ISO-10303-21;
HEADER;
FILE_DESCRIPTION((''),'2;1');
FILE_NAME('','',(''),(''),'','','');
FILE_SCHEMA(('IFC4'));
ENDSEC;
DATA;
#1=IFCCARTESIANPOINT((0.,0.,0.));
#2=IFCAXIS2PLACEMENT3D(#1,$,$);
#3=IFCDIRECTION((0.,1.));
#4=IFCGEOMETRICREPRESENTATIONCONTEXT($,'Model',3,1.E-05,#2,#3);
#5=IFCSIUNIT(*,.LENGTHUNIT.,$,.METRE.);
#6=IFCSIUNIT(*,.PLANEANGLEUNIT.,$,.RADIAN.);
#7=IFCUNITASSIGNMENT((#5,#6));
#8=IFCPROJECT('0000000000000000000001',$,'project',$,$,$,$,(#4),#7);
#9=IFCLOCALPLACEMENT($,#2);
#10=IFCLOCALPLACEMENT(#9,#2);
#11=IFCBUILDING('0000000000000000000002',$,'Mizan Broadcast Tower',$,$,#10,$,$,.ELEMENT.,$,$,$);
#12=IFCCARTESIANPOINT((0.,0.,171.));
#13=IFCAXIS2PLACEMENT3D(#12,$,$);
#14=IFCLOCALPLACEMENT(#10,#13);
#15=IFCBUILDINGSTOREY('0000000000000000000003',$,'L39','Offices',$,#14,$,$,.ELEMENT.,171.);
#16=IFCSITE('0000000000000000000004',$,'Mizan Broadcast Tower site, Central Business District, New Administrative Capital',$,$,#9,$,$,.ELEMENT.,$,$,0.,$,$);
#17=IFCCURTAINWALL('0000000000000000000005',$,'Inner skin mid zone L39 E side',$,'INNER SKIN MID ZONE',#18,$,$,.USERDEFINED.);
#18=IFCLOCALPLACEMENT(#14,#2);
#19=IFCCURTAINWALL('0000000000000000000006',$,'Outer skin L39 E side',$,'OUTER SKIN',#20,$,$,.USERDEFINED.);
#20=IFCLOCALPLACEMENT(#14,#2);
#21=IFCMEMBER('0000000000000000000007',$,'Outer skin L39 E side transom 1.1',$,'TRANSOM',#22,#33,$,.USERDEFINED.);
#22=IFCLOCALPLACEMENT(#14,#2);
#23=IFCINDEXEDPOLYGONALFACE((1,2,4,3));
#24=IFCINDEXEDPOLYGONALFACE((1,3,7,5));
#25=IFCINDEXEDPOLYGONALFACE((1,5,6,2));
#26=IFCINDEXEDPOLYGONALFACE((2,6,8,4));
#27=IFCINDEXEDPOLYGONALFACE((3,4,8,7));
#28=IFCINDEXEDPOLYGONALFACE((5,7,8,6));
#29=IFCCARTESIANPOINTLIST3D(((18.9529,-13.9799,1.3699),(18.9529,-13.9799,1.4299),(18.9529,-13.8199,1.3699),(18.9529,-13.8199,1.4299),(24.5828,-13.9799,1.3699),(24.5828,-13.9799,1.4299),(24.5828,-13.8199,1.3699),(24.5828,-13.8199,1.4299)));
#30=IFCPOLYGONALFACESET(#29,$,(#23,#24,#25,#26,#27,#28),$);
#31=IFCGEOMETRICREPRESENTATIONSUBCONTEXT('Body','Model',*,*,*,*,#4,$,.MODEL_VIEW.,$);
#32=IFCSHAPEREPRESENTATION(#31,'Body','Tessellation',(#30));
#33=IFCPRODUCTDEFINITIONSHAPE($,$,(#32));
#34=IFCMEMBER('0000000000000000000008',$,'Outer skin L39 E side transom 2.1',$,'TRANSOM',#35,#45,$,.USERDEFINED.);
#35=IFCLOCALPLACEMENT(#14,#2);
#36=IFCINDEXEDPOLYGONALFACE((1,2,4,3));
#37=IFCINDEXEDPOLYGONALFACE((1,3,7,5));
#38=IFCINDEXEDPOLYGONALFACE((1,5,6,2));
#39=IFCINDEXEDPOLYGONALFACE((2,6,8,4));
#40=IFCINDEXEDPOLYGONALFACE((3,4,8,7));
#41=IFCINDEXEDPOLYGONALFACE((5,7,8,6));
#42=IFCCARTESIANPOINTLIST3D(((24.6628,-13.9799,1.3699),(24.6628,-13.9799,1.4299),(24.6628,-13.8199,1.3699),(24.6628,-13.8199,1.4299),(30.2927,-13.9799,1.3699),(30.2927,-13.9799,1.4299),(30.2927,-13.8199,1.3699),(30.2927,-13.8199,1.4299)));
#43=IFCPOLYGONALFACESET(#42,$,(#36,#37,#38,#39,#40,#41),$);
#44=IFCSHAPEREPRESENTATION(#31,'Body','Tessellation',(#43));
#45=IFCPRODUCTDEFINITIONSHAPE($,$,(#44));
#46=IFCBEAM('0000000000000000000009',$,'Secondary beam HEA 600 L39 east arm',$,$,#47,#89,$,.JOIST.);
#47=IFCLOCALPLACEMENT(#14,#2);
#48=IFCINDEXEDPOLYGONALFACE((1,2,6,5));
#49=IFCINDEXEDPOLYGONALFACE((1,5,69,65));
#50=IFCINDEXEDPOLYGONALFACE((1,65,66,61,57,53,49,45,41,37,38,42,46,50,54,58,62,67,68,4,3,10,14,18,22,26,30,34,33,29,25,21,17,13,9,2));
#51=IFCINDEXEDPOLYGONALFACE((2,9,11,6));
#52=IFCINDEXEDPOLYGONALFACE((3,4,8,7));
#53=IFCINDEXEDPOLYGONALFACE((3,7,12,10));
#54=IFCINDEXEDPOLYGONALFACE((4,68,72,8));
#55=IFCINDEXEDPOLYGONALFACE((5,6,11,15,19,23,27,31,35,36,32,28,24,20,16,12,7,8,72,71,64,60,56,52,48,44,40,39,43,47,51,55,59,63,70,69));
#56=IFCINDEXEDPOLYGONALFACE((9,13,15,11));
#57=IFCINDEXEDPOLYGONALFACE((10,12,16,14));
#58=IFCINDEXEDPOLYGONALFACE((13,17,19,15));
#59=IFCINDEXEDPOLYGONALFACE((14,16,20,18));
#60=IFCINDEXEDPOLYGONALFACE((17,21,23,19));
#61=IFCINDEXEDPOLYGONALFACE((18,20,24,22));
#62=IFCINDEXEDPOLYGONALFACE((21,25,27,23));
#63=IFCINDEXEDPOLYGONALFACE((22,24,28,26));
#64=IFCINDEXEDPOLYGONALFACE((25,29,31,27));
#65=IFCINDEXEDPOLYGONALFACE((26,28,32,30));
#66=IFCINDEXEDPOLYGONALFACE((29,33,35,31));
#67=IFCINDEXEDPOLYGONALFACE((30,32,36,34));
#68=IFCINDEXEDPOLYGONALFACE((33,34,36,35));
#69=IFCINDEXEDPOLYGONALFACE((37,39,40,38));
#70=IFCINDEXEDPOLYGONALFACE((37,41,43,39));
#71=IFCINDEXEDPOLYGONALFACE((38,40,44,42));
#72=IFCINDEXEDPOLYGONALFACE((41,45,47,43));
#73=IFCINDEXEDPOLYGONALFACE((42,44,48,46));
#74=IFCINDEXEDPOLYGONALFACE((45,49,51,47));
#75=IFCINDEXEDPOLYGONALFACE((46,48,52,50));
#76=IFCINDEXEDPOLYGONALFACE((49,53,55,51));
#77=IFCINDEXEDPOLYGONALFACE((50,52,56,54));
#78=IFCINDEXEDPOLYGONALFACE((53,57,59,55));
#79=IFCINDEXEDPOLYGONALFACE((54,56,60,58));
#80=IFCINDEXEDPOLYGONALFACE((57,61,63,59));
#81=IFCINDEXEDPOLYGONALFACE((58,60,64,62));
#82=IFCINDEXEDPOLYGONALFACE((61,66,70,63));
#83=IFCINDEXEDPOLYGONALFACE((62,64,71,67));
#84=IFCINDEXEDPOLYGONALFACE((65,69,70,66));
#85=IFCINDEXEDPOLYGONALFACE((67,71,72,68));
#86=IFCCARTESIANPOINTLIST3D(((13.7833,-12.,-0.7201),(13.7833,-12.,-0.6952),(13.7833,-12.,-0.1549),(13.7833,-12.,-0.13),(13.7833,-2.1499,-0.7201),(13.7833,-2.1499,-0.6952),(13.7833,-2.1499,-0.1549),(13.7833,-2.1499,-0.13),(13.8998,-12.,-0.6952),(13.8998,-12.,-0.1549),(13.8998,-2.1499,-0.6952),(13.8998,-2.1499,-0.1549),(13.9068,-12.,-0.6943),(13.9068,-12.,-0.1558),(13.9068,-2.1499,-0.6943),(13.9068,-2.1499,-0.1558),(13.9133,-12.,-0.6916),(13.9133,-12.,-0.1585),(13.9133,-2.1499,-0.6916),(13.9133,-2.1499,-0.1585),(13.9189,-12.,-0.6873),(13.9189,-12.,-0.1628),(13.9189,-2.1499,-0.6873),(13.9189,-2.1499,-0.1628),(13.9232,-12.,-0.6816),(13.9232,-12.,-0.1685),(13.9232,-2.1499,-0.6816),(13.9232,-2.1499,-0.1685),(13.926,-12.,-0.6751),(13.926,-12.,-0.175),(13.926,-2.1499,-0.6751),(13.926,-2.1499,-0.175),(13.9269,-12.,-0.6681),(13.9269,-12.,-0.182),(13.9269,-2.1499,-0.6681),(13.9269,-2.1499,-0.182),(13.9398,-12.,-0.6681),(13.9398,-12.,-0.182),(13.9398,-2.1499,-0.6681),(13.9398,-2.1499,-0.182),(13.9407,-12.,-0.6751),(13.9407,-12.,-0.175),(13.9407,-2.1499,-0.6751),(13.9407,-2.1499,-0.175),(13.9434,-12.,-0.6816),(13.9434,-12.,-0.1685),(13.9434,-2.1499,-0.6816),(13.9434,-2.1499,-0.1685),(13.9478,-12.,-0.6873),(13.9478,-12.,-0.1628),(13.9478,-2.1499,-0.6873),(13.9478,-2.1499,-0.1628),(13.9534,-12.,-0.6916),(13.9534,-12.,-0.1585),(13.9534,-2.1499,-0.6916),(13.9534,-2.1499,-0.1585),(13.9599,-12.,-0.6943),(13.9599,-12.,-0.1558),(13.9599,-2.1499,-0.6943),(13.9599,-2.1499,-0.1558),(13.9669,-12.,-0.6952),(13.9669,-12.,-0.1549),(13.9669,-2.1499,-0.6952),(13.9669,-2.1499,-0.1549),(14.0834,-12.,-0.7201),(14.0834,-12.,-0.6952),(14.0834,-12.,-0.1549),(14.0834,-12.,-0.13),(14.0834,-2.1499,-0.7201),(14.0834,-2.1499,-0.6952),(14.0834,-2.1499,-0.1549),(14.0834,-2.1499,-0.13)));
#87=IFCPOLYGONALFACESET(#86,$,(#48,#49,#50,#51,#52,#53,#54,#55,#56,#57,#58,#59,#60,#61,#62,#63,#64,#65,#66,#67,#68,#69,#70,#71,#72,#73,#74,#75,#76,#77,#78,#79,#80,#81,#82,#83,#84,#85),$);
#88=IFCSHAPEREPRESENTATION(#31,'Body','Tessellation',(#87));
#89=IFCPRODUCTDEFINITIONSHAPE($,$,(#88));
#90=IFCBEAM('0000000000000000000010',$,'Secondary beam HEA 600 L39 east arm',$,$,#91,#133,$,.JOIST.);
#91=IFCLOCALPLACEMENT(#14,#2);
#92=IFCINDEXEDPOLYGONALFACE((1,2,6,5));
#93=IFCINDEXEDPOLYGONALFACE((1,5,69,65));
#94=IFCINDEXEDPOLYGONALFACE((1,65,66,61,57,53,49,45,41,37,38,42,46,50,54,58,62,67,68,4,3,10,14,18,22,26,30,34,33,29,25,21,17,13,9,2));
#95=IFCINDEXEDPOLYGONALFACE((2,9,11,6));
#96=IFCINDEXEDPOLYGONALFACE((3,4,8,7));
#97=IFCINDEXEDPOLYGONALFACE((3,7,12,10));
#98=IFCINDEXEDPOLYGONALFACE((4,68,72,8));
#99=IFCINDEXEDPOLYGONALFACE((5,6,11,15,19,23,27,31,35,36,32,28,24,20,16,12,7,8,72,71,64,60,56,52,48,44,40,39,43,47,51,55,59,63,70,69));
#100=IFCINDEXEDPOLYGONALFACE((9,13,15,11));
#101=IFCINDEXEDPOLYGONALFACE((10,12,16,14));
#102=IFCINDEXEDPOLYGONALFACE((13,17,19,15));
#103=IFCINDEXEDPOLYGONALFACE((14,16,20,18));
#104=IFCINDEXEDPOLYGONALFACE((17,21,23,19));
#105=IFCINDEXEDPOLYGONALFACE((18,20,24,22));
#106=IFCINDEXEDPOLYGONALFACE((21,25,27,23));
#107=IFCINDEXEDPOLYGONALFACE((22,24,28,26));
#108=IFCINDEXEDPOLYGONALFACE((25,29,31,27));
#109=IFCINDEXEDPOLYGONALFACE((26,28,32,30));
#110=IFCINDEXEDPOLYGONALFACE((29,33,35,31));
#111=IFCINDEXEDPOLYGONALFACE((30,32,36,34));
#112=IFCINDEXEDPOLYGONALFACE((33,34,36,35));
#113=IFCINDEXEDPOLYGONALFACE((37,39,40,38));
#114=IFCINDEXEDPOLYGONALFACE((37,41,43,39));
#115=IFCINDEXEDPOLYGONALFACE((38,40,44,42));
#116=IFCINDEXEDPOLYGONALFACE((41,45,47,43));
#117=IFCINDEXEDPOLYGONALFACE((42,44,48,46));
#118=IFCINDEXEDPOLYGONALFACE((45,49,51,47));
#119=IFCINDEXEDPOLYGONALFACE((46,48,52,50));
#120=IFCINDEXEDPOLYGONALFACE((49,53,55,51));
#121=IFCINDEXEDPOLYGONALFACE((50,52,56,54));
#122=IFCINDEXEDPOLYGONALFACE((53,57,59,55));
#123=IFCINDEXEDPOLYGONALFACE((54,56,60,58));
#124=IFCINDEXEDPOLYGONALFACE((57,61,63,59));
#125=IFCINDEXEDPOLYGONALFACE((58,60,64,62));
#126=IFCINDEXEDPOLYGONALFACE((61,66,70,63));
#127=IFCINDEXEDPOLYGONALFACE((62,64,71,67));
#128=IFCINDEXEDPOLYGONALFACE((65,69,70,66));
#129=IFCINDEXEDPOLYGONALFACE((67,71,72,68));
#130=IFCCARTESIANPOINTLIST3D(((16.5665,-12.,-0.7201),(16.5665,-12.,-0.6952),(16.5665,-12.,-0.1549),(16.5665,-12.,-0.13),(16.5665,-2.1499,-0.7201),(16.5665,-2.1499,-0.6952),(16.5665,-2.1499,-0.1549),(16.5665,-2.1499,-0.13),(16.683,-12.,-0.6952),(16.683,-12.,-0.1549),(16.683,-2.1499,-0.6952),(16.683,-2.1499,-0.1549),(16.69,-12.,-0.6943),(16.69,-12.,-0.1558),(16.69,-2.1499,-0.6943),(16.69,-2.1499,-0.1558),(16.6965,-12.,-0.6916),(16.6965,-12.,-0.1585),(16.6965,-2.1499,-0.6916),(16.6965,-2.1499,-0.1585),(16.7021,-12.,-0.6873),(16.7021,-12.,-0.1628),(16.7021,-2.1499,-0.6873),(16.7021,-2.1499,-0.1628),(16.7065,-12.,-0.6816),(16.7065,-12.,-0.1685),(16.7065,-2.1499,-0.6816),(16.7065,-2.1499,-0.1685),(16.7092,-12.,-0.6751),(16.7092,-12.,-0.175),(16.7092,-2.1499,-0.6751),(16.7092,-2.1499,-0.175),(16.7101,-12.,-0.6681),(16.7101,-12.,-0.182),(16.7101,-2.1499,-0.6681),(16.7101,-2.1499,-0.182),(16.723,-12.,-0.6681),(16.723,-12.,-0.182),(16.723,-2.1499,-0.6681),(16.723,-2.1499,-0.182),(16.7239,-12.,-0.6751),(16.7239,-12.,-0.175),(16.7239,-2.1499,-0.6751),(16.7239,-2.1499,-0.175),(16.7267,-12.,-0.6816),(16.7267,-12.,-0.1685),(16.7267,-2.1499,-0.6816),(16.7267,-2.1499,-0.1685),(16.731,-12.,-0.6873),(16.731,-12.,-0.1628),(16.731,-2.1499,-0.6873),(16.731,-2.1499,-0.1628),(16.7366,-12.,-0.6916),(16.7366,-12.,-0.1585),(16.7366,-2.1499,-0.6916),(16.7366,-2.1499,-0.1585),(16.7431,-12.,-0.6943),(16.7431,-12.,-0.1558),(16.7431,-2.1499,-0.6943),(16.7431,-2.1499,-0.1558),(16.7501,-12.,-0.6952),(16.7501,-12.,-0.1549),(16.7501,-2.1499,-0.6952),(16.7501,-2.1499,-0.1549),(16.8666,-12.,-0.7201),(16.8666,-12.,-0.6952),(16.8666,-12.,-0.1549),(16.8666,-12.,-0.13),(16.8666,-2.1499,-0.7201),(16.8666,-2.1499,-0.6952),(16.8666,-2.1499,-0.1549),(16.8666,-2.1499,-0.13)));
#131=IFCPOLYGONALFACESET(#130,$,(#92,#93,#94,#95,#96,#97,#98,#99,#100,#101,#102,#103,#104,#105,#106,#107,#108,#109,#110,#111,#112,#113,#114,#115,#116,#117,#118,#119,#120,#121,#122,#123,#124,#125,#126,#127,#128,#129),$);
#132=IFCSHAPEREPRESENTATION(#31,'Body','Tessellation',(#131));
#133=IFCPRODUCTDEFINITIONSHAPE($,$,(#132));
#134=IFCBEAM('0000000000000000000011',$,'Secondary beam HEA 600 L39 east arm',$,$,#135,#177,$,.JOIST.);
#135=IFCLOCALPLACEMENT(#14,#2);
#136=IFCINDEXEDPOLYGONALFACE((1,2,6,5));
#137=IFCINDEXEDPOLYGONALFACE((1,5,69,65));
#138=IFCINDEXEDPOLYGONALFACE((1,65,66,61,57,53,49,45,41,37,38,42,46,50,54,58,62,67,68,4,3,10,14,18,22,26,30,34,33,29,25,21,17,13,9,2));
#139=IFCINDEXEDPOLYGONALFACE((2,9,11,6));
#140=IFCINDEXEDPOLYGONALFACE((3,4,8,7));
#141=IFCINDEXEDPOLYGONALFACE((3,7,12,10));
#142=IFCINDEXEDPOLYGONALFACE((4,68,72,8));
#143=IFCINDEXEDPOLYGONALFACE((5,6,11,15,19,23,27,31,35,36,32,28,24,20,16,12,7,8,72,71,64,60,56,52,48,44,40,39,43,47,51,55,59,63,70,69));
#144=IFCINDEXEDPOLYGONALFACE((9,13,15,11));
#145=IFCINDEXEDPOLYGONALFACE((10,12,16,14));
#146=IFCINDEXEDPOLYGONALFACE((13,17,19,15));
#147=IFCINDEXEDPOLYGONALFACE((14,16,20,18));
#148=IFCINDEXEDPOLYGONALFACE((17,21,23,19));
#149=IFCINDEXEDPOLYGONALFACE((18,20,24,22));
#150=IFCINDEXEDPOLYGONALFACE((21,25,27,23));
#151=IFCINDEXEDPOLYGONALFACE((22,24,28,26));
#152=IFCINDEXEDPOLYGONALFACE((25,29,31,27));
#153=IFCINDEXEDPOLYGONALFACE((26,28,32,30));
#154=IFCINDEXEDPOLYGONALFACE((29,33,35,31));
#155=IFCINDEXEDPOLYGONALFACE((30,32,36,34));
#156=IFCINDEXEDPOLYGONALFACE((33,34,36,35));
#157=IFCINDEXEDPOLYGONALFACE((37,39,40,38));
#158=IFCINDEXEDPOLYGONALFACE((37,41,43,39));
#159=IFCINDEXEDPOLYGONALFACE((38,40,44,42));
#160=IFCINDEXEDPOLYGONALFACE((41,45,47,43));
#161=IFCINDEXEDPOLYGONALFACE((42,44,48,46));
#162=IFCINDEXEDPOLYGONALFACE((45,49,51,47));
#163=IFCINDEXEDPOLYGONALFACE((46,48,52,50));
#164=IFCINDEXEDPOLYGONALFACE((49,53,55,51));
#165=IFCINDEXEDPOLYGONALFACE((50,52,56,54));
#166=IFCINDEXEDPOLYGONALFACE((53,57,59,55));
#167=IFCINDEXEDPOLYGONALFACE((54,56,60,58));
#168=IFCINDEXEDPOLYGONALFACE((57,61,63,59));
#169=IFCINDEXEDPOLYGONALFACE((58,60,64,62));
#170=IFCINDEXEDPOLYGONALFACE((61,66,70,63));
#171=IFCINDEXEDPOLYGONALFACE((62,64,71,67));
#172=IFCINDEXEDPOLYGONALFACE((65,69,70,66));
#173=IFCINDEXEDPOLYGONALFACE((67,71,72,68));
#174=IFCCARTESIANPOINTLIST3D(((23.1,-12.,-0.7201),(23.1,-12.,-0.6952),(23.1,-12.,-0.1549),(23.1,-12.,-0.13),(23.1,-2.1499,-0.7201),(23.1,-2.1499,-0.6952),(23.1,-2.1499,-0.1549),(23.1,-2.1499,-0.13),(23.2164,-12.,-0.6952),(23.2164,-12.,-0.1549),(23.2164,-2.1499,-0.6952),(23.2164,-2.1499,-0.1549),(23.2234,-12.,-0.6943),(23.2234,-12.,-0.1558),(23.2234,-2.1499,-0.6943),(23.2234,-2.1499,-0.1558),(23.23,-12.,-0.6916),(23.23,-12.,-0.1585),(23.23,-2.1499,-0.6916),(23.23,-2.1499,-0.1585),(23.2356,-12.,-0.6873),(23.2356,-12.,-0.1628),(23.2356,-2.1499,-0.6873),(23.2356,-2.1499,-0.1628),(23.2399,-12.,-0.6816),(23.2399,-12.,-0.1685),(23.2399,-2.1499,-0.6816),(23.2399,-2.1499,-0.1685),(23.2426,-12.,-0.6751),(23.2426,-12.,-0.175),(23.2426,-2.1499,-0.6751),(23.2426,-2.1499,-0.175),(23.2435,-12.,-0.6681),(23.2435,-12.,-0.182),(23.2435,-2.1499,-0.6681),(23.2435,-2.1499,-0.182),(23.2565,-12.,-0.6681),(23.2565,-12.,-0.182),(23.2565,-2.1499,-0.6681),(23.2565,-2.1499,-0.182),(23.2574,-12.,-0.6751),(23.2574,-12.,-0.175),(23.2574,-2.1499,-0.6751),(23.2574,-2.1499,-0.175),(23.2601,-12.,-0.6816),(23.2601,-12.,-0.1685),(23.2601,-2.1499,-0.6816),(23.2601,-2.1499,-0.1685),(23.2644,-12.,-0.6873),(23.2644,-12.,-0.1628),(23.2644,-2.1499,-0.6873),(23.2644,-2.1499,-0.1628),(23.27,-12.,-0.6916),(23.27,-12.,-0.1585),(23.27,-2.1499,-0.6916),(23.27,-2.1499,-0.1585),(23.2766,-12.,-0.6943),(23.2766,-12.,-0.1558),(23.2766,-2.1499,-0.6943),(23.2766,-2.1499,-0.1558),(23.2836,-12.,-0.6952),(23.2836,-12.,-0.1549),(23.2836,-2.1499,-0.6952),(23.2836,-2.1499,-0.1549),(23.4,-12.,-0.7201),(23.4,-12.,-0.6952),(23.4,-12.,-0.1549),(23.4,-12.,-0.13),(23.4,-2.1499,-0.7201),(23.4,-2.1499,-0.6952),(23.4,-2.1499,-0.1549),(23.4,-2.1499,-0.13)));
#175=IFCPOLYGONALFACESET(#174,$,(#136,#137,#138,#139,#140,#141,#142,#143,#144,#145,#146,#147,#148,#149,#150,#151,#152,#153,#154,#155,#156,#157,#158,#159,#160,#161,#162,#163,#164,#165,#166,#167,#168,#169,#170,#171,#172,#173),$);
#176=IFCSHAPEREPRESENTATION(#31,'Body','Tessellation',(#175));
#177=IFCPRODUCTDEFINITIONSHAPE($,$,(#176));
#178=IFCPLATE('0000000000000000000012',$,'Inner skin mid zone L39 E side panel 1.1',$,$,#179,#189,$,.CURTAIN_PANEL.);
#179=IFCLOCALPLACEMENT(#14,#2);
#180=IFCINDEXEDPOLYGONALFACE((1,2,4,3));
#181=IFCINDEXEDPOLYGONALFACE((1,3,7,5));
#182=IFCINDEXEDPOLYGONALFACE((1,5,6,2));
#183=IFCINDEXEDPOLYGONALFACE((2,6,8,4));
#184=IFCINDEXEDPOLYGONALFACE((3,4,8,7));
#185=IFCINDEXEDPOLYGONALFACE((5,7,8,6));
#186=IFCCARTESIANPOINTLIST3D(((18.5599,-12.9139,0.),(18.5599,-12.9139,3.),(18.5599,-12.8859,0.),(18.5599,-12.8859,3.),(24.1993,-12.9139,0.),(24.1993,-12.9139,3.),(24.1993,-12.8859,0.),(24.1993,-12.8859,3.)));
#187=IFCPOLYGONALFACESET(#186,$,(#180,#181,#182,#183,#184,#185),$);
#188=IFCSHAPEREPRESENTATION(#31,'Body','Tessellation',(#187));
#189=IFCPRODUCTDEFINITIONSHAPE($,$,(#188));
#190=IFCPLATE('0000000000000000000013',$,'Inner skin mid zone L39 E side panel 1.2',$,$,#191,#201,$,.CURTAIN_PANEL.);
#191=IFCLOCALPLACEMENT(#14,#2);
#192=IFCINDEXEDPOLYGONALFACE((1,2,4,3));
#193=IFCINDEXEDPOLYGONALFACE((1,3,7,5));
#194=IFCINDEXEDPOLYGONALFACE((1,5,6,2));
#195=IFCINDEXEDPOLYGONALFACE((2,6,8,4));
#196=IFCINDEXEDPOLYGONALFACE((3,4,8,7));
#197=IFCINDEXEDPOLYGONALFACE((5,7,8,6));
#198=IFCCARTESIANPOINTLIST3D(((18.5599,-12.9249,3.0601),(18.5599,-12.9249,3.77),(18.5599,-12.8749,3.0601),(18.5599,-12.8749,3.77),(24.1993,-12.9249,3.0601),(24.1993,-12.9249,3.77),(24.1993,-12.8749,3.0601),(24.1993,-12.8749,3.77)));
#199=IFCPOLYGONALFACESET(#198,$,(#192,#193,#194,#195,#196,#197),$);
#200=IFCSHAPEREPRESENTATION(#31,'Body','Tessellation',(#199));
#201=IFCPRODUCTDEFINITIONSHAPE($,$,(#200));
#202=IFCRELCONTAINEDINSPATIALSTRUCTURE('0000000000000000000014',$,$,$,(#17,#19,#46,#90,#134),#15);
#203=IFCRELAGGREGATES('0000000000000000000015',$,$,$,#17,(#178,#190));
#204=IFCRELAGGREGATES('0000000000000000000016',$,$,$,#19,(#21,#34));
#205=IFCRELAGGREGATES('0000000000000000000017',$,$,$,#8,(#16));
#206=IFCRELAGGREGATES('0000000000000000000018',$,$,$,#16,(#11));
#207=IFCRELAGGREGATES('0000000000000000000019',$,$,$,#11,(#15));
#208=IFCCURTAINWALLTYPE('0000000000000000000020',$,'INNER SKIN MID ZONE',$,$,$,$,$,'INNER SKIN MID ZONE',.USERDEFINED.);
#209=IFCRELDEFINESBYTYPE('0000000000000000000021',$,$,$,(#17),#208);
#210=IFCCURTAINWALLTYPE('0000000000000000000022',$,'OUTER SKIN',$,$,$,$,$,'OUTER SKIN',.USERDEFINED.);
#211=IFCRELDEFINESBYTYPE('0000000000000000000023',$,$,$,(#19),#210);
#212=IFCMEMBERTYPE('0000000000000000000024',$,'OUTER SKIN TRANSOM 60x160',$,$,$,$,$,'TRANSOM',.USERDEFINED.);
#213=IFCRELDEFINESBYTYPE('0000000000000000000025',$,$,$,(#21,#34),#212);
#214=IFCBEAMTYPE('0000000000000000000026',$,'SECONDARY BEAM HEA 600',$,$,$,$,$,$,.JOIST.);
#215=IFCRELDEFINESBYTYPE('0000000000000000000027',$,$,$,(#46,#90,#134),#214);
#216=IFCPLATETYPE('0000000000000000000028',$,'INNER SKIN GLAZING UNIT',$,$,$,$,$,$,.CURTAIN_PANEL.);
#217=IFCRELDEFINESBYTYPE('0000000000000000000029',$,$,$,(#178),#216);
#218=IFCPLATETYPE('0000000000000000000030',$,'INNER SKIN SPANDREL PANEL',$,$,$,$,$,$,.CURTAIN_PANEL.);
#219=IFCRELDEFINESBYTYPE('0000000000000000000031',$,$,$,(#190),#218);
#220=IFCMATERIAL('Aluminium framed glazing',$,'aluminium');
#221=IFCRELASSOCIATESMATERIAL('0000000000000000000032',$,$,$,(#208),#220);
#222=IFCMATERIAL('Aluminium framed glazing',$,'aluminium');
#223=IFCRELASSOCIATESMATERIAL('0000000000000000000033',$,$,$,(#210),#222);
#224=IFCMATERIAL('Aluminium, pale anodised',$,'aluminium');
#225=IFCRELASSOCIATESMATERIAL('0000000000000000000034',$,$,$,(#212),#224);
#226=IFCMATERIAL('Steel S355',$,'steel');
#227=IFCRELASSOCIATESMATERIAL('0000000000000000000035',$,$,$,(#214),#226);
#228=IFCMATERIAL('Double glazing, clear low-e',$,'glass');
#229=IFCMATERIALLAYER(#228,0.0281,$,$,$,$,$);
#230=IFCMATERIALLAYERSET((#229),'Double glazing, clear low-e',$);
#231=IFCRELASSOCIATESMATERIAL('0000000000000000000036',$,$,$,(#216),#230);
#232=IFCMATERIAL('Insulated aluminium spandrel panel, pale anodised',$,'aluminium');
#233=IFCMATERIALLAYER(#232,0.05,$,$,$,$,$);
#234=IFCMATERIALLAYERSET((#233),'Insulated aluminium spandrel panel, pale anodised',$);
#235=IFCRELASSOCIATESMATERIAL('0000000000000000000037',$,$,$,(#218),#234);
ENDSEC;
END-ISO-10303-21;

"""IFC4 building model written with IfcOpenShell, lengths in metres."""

from ifc_helpers import new_model, si_unit, direction, frame, origin, origin_2d, place, context, subcontext, project, spatial, rectangle, i_section, extrude, material, layer, layer_set, material_profile, profile_set, type_object, element, aggregate, save


model = new_model("IFC4")

# Units and contexts
model_context = context("Model", 3, precision=1e-05, world=origin(), true_north=direction((0.0, 1.0)))
body_context = subcontext(model_context, "Body", "Model", "MODEL_VIEW")
ifc_project = project(units=[si_unit("LENGTHUNIT", "METRE"), si_unit("PLANEANGLEUNIT", "RADIAN")], contexts=[model_context])

# Site, building, storey
site_placement = place(None, origin())
site = spatial("IfcSite", under=ifc_project, at=site_placement, Name="Mizan Broadcast Tower site, Central Business District, New Administrative Capital", CompositionType="ELEMENT", RefElevation=0.0)
building_placement = place(site_placement, origin())
building = spatial("IfcBuilding", under=site, at=building_placement, Name="Mizan Broadcast Tower", CompositionType="ELEMENT")
storey_placement = place(building_placement, frame((0.0, 0.0, 171.0)))
storey = spatial("IfcBuildingStorey", under=building, at=storey_placement, Name="L39", Description="Offices", CompositionType="ELEMENT", Elevation=171.0)

# Curtain wall
ifc_material_1 = material(Name="Aluminium framed glazing", Category="aluminium")
curtain_wall_type_1 = type_object("IfcCurtainWallType", Name="INNER SKIN MID ZONE", ElementType="INNER SKIN MID ZONE", PredefinedType="USERDEFINED", material=ifc_material_1)
curtain_wall_1_placement = place(storey_placement, origin())
curtain_wall_1 = element("IfcCurtainWall", 1, at=curtain_wall_1_placement, inside=storey, type_object=curtain_wall_type_1, Name="Inner skin mid zone L39 E side", ObjectType="INNER SKIN MID ZONE", PredefinedType="USERDEFINED")

# Curtain wall
ifc_material_2 = material(Name="Aluminium framed glazing", Category="aluminium")
curtain_wall_type_2 = type_object("IfcCurtainWallType", Name="OUTER SKIN", ElementType="OUTER SKIN", PredefinedType="USERDEFINED", material=ifc_material_2)
curtain_wall_2_placement = place(storey_placement, origin())
curtain_wall_2 = element("IfcCurtainWall", 2, at=curtain_wall_2_placement, inside=storey, type_object=curtain_wall_type_2, Name="Outer skin L39 E side", ObjectType="OUTER SKIN", PredefinedType="USERDEFINED")

# Members
ifc_material_3 = material(Name="Aluminium, pale anodised", Category="aluminium")
ifc_material_profile_1 = material_profile(ifc_material_3, rectangle(XDim=0.1599, YDim=0.0601, at=origin_2d()), Name="TRANSOM 160x60")
ifc_profile_set_1 = profile_set([ifc_material_profile_1], Name="Aluminium, pale anodised")
member_type_1 = type_object("IfcMemberType", Name="OUTER SKIN TRANSOM 60x160", ElementType="TRANSOM", PredefinedType="USERDEFINED", material=ifc_profile_set_1)
member_1_placement = place(storey_placement, frame((18.9529, -13.8999, 1.3999), z_axis=(1.0, 0.0, 0.0), x_axis=(0.0, 1.0, 0.0)))
member_1 = element("IfcMember", 3, at=member_1_placement, type_object=member_type_1, Name="Outer skin L39 E side transom 1.1", ObjectType="TRANSOM", PredefinedType="USERDEFINED", context=body_context, shape_type="SweptSolid", body=[
    extrude(rectangle(XDim=0.1599, YDim=0.0601, at=origin_2d()), origin(), (0.0, 0.0, 1.0), 5.6299),
])
member_2_placement = place(storey_placement, frame((24.6628, -13.8999, 1.3999), z_axis=(1.0, 0.0, 0.0), x_axis=(0.0, 1.0, 0.0)))
member_2 = element("IfcMember", 4, at=member_2_placement, type_object=member_type_1, Name="Outer skin L39 E side transom 2.1", ObjectType="TRANSOM", PredefinedType="USERDEFINED", context=body_context, shape_type="SweptSolid", body=[
    extrude(rectangle(XDim=0.1599, YDim=0.0601, at=origin_2d()), origin(), (0.0, 0.0, 1.0), 5.6299),
])

# Beams
ifc_material_4 = material(Name="Steel S355", Category="steel")
ifc_material_profile_2 = material_profile(ifc_material_4, i_section(OverallWidth=0.3, OverallDepth=0.5901, WebThickness=0.0129, FlangeThickness=0.0249, FilletRadius=0.0271, at=origin_2d()), Name="HEA 600")
ifc_profile_set_2 = profile_set([ifc_material_profile_2], Name="Steel S355")
beam_type_1 = type_object("IfcBeamType", Name="SECONDARY BEAM HEA 600", PredefinedType="JOIST", material=ifc_profile_set_2)
for number, where, z_axis, x_axis, name in (
    (5, (13.9333, -12.0, -0.425), (0.0, 1.0, 0.0), (-1.0, 0.0, 0.0), "Secondary beam HEA 600 L39 east arm"),
    (6, (16.7166, -12.0, -0.425), (0.0, 1.0, 0.0), (-1.0, 0.0, 0.0), "Secondary beam HEA 600 L39 east arm"),
    (7, (23.25, -12.0, -0.425), (0.0, 1.0, 0.0), (-1.0, 0.0, 0.0), "Secondary beam HEA 600 L39 east arm"),
):
    element("IfcBeam", number, at=place(storey_placement, frame(where, z_axis=z_axis, x_axis=x_axis)), inside=storey, type_object=beam_type_1, Name=name, PredefinedType="JOIST", context=body_context, shape_type="SweptSolid", body=[
        extrude(i_section(OverallWidth=0.3, OverallDepth=0.5901, WebThickness=0.0129, FlangeThickness=0.0249, FilletRadius=0.0271, at=origin_2d()), origin(), (0.0, 0.0, 1.0), 9.8501),
    ])

# Plates
ifc_material_5 = material(Name="Double glazing, clear low-e", Category="glass")
ifc_layer_1 = layer(ifc_material_5, 0.0281)
ifc_layer_set_1 = layer_set([ifc_layer_1], Name="Double glazing, clear low-e")
plate_type_1 = type_object("IfcPlateType", Name="INNER SKIN GLAZING UNIT", PredefinedType="CURTAIN_PANEL", material=ifc_layer_set_1)
plate_1_placement = place(storey_placement, frame((21.3796, -12.8999, 0.0), z_axis=(0.0, 0.0, 1.0), x_axis=(1.0, 0.0, 0.0)))
plate_1 = element("IfcPlate", 8, at=plate_1_placement, type_object=plate_type_1, Name="Inner skin mid zone L39 E side panel 1.1", PredefinedType="CURTAIN_PANEL", context=body_context, shape_type="SweptSolid", body=[
    extrude(rectangle(XDim=5.6394, YDim=0.0281, at=origin_2d()), origin(), (0.0, 0.0, 1.0), 3.0),
])
ifc_material_6 = material(Name="Insulated aluminium spandrel panel, pale anodised", Category="aluminium")
ifc_layer_2 = layer(ifc_material_6, 0.05)
ifc_layer_set_2 = layer_set([ifc_layer_2], Name="Insulated aluminium spandrel panel, pale anodised")
plate_type_2 = type_object("IfcPlateType", Name="INNER SKIN SPANDREL PANEL", PredefinedType="CURTAIN_PANEL", material=ifc_layer_set_2)
plate_2_placement = place(storey_placement, frame((21.3796, -12.8999, 3.0601), z_axis=(0.0, 0.0, 1.0), x_axis=(1.0, 0.0, 0.0)))
plate_2 = element("IfcPlate", 9, at=plate_2_placement, type_object=plate_type_2, Name="Inner skin mid zone L39 E side panel 1.2", PredefinedType="CURTAIN_PANEL", context=body_context, shape_type="SweptSolid", body=[
    extrude(rectangle(XDim=5.6394, YDim=0.05, at=origin_2d()), origin(), (0.0, 0.0, 1.0), 0.71),
])
aggregate(curtain_wall_1, [plate_1, plate_2])
aggregate(curtain_wall_2, [member_1, member_2])

save(model, "model.ifc")
